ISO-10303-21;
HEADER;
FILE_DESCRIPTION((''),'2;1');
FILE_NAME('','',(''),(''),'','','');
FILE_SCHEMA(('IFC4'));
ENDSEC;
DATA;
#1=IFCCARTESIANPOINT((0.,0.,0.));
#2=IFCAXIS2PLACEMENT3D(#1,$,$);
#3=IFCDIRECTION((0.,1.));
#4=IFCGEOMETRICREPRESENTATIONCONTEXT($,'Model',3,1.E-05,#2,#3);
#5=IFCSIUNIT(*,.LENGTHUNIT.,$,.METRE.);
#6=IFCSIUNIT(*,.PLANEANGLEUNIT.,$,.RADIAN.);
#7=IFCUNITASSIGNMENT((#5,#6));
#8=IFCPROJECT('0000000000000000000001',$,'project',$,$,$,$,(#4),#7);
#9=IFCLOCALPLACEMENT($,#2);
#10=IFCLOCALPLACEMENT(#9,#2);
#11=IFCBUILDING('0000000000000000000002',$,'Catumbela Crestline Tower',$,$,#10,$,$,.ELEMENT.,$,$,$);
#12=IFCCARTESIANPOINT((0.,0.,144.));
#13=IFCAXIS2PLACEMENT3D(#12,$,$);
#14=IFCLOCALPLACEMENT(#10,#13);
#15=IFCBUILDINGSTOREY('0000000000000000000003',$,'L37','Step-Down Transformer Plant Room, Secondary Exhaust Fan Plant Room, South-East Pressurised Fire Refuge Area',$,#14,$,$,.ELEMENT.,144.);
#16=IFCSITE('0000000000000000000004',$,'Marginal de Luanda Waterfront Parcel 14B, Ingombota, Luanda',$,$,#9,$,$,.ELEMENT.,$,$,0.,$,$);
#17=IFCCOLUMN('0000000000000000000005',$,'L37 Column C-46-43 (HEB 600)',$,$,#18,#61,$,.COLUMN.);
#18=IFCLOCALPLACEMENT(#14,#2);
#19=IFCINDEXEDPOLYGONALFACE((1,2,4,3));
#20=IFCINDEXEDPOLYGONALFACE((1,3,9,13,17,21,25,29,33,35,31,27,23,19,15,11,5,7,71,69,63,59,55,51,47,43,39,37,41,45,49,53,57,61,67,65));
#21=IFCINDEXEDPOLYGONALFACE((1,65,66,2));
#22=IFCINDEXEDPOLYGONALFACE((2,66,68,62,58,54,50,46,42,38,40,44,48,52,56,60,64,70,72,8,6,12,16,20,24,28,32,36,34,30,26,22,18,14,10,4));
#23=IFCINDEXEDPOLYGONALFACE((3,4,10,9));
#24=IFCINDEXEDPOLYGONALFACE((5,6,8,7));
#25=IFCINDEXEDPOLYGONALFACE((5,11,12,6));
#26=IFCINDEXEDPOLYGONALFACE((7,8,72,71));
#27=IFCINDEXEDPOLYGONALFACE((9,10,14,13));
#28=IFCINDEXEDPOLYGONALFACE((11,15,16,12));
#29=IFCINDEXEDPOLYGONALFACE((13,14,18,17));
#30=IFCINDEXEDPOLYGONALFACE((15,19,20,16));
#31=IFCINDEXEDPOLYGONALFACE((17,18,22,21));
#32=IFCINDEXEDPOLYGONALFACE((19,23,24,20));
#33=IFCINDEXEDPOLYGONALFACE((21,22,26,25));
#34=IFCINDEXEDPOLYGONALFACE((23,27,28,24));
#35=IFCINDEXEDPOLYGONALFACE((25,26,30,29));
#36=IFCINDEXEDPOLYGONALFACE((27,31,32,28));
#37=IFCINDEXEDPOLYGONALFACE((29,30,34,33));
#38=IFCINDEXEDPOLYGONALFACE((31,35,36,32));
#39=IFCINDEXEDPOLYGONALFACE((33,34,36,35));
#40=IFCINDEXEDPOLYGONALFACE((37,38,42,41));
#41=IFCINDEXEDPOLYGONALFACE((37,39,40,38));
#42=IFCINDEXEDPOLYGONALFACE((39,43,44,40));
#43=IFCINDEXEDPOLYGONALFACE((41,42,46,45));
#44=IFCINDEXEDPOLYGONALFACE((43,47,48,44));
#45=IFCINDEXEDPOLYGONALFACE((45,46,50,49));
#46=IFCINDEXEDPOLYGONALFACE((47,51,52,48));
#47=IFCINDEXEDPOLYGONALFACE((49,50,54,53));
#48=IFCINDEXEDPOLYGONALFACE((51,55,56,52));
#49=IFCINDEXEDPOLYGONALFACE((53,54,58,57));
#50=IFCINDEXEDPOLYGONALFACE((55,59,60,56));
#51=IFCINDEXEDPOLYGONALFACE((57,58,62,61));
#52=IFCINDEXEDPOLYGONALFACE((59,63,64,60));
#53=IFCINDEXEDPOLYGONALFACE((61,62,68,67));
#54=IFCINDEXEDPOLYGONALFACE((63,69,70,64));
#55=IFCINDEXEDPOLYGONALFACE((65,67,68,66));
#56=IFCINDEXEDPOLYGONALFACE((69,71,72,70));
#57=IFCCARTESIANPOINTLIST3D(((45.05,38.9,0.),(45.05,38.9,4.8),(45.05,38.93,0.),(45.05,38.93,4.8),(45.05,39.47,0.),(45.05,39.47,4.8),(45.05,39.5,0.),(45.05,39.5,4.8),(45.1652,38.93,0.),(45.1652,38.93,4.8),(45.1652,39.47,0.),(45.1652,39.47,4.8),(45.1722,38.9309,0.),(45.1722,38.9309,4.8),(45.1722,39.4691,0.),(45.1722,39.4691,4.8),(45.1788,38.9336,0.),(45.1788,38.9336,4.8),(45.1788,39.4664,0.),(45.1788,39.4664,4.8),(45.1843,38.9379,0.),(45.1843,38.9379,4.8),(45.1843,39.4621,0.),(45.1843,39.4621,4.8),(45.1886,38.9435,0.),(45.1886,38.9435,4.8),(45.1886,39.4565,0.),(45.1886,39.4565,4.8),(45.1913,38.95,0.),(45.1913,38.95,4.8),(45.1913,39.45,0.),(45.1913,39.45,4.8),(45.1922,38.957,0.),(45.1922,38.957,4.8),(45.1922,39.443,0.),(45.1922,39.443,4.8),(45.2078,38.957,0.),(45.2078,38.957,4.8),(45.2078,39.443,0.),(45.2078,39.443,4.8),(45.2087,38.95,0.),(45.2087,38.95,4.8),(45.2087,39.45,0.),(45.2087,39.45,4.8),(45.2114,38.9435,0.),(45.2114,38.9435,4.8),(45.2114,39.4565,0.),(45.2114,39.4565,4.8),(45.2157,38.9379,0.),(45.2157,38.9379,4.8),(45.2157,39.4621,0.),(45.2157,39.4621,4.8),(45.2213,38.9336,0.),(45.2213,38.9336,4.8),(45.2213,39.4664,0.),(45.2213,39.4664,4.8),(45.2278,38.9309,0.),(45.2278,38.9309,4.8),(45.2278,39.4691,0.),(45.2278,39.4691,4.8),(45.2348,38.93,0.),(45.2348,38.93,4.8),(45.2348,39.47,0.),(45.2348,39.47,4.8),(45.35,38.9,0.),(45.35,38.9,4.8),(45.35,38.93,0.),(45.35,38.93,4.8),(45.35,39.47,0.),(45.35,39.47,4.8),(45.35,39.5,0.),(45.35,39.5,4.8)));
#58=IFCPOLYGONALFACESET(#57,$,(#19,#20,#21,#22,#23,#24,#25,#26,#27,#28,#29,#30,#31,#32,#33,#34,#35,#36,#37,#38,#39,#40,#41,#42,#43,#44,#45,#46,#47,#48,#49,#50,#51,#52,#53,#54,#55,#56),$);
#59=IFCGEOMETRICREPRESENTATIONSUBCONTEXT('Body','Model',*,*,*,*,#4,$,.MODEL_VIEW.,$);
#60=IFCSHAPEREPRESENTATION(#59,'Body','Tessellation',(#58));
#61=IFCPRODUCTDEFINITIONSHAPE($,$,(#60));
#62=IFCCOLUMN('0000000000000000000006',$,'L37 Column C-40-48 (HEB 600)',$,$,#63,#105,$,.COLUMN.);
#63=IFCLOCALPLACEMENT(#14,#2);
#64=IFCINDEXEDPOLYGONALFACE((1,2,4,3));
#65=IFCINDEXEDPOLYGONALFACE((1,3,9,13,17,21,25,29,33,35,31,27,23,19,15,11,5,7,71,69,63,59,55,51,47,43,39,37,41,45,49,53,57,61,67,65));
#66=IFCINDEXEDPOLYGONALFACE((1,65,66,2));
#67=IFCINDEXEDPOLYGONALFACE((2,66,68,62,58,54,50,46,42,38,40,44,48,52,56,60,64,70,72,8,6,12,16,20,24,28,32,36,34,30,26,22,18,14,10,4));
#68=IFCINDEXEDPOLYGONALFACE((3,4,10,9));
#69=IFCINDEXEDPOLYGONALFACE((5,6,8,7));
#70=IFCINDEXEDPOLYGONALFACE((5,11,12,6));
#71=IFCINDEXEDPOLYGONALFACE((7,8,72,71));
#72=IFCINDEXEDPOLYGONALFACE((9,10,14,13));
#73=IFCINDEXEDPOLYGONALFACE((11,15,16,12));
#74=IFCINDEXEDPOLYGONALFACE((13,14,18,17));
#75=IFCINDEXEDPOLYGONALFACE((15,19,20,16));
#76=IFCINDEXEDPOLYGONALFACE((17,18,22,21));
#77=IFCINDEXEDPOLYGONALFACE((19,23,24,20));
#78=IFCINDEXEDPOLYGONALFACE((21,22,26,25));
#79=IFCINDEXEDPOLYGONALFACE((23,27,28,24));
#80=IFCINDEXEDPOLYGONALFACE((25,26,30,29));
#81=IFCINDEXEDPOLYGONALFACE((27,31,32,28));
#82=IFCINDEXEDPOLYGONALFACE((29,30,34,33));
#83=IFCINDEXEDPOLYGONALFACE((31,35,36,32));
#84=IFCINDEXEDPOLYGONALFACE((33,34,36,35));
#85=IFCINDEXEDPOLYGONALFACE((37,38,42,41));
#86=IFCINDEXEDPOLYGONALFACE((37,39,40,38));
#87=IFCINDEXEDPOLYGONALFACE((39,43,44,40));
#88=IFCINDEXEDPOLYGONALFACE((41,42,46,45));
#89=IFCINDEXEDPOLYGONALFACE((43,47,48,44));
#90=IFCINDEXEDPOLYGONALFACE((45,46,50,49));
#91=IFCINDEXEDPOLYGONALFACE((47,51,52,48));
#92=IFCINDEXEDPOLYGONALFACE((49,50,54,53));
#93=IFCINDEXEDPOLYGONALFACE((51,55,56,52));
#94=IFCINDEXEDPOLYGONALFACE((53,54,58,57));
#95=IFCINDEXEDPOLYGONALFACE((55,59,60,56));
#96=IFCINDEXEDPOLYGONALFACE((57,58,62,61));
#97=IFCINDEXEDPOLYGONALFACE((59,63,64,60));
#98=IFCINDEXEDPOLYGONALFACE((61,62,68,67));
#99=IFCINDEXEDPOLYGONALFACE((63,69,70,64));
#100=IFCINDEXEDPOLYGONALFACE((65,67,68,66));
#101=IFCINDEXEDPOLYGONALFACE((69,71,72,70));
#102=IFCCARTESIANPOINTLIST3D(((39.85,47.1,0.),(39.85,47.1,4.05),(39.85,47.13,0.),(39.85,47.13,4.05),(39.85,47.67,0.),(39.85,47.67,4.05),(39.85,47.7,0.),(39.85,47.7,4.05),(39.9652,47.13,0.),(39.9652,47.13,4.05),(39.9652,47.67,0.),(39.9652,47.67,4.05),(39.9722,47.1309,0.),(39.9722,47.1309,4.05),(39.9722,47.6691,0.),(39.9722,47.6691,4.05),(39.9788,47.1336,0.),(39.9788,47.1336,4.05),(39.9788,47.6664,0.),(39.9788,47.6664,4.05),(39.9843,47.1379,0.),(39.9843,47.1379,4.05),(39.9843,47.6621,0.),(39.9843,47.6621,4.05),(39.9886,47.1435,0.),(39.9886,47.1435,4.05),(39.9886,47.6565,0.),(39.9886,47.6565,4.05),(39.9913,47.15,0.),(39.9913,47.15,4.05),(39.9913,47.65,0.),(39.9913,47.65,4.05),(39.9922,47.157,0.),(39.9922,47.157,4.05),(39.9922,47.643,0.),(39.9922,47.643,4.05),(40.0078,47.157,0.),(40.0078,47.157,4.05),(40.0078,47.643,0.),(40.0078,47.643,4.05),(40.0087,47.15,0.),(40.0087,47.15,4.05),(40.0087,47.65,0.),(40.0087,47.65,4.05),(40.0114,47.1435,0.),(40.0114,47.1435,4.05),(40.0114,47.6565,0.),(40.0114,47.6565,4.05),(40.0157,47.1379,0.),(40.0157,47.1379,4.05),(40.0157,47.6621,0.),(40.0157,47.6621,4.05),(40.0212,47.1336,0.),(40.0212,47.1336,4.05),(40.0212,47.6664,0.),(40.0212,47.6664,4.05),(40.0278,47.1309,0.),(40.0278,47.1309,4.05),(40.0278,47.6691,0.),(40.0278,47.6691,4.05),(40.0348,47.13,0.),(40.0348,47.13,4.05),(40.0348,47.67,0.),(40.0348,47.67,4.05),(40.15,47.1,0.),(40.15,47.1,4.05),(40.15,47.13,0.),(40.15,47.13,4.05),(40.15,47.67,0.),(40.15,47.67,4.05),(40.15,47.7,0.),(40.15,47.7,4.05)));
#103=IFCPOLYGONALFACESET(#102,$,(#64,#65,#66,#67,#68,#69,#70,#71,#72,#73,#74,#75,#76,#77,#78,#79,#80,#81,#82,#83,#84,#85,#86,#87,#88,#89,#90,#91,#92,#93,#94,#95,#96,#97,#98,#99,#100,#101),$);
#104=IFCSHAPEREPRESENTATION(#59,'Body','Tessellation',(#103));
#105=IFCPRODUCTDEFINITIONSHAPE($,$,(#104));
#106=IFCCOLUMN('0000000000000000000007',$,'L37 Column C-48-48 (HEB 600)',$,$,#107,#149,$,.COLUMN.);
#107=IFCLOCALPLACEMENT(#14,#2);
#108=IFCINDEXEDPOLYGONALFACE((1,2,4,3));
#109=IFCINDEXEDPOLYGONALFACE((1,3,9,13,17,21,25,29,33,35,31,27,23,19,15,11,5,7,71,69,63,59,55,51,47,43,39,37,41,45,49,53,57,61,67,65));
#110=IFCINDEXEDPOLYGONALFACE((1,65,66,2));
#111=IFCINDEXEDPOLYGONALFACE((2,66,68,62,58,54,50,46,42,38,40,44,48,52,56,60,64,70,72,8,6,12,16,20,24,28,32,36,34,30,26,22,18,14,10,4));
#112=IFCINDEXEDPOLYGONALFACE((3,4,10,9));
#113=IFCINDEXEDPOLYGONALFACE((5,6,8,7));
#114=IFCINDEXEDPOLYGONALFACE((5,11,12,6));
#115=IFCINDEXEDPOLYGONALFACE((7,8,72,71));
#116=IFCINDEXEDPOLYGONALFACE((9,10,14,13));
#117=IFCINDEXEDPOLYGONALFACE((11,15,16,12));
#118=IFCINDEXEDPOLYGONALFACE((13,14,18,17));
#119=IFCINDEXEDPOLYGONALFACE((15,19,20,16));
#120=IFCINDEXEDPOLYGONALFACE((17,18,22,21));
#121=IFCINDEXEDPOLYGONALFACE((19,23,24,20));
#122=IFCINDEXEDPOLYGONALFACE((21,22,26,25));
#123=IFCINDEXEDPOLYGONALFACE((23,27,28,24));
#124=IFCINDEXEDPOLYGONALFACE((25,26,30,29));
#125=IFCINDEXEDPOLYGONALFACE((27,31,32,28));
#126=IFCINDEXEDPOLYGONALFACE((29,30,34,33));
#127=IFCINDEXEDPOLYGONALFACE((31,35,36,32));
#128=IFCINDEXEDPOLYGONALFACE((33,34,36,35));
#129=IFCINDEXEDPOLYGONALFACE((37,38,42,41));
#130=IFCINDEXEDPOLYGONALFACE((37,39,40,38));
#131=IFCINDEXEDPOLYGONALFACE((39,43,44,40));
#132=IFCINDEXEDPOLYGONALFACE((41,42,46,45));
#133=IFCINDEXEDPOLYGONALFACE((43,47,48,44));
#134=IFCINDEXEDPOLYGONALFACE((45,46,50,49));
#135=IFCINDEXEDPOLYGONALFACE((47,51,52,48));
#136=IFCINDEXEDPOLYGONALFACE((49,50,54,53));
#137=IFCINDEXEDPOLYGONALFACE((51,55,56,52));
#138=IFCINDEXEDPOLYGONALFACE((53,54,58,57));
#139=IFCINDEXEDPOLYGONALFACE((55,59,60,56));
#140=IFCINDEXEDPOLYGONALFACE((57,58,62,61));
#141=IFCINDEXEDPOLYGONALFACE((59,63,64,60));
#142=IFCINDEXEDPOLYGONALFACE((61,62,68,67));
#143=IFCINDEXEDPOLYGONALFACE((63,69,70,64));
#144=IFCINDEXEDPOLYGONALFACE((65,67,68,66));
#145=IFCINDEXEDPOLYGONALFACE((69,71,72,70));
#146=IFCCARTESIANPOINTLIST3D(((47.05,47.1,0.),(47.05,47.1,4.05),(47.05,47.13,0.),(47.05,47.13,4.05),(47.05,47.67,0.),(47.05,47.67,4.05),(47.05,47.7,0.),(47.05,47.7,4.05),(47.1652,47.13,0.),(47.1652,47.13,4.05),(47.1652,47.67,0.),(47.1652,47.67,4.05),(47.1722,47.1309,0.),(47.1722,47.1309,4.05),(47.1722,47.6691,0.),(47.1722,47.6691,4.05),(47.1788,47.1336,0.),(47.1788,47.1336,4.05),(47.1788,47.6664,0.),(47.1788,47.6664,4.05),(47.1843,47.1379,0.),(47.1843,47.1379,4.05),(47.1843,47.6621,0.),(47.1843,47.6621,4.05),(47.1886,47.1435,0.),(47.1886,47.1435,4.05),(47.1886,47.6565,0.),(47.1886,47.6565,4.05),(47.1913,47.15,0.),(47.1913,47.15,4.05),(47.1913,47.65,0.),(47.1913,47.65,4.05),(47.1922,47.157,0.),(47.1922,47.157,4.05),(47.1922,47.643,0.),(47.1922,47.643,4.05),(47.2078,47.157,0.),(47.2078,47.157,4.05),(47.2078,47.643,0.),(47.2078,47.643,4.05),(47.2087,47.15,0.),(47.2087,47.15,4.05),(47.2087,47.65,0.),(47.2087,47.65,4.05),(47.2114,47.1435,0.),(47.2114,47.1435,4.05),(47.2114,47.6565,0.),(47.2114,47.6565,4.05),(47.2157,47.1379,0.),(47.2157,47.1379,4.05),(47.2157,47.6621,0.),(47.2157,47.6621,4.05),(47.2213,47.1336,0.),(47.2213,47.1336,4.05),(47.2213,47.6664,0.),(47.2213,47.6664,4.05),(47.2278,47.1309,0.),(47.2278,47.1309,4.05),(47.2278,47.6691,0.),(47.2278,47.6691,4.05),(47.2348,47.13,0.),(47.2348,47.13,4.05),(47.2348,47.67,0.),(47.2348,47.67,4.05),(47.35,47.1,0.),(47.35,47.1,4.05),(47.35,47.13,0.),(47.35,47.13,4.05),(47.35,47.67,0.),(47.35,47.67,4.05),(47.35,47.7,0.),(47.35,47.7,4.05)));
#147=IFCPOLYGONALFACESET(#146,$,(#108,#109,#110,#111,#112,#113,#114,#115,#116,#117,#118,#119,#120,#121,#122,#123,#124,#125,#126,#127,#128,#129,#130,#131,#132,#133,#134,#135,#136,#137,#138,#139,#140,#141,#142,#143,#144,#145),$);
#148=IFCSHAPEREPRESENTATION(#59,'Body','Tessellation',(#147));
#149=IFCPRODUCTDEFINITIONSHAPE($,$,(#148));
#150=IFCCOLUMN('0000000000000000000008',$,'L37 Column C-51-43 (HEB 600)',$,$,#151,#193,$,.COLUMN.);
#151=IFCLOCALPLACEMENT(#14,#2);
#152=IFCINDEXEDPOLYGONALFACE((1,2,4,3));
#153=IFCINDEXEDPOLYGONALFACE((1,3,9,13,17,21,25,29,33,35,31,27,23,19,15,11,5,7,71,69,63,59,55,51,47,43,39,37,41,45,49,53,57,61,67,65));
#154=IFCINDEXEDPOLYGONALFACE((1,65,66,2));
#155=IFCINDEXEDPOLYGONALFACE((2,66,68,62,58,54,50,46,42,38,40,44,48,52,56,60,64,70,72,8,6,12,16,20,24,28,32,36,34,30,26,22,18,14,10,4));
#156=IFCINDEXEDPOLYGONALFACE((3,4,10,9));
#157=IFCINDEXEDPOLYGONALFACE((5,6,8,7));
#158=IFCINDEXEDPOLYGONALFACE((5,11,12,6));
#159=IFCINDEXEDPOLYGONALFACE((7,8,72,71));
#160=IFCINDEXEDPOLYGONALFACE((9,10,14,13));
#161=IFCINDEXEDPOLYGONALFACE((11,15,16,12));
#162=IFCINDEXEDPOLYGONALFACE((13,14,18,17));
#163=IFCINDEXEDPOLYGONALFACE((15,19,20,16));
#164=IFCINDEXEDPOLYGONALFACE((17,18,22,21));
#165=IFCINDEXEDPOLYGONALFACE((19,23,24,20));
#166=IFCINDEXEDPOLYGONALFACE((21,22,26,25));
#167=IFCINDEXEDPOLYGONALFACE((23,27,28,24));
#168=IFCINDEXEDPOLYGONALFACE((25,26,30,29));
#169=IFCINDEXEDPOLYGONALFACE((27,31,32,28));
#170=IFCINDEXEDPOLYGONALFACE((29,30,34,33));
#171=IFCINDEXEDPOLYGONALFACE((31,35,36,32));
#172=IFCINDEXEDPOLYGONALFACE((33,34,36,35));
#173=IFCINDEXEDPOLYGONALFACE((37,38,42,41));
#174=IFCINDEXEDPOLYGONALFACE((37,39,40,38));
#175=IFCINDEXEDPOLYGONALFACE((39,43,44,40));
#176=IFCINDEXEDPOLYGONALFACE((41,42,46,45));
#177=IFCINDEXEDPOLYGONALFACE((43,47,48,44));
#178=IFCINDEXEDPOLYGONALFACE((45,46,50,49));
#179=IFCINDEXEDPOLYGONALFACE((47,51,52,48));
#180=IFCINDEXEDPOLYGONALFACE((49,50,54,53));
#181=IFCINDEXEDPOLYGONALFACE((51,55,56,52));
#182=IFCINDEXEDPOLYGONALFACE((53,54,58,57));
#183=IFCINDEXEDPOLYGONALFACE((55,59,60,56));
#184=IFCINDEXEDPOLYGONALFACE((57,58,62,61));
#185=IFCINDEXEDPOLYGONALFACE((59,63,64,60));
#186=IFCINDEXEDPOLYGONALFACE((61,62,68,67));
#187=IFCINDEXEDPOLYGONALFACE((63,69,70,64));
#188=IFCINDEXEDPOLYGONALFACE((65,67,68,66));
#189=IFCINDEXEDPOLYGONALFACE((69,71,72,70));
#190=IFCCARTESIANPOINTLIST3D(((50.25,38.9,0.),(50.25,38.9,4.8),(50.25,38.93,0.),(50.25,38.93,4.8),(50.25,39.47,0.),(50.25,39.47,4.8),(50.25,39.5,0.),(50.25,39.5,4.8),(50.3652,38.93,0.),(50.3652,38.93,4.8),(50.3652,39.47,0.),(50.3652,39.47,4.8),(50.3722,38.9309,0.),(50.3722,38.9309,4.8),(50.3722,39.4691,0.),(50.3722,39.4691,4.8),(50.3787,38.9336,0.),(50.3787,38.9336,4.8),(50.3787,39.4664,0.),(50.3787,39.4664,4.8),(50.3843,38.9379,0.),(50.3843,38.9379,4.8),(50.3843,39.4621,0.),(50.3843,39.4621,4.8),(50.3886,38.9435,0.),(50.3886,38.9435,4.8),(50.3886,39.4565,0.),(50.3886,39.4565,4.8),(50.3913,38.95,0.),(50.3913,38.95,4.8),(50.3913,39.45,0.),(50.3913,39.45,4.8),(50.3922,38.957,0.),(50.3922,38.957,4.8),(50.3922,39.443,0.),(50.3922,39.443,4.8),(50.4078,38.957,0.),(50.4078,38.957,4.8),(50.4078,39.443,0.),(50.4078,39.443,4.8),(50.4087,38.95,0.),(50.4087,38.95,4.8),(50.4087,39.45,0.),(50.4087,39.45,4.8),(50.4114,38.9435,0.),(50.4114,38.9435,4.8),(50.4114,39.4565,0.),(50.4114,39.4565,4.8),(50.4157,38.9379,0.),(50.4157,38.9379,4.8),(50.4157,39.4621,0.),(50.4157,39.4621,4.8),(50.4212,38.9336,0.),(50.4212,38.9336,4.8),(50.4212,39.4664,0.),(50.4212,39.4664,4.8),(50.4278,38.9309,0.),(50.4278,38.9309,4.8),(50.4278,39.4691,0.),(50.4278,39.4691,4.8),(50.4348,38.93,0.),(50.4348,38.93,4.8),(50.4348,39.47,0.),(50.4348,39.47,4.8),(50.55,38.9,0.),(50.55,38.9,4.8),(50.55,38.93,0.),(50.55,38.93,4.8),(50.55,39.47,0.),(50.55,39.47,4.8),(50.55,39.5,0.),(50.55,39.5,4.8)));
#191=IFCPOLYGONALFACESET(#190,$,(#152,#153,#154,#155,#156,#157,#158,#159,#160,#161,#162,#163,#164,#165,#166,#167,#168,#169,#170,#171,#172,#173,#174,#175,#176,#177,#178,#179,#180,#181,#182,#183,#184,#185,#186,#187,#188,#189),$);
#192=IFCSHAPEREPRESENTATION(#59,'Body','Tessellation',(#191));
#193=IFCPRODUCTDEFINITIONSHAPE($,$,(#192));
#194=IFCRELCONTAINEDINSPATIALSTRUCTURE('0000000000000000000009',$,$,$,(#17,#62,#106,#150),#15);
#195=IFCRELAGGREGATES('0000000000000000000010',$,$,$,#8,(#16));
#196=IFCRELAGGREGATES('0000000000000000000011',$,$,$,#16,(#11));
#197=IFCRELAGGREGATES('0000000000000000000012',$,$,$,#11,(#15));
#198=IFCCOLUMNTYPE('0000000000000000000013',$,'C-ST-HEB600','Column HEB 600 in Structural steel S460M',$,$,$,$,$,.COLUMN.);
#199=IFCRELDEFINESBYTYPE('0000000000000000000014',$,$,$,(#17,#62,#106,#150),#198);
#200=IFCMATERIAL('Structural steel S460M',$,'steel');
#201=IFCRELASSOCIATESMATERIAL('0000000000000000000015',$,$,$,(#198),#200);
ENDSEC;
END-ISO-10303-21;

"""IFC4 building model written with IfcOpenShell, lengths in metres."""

from ifc_helpers import new_model, si_unit, direction, frame, origin, origin_2d, place, context, subcontext, project, spatial, i_section, extrude, material, material_profile, profile_set, type_object, element, save


model = new_model("IFC4")

# Units and contexts
model_context = context("Model", 3, precision=1e-05, world=origin(), true_north=direction((0.0, 1.0)))
body_context = subcontext(model_context, "Body", "Model", "MODEL_VIEW")
ifc_project = project(units=[si_unit("LENGTHUNIT", "METRE"), si_unit("PLANEANGLEUNIT", "RADIAN")], contexts=[model_context])

# Site, building, storey
site_placement = place(None, origin())
site = spatial("IfcSite", under=ifc_project, at=site_placement, Name="Marginal de Luanda Waterfront Parcel 14B, Ingombota, Luanda", CompositionType="ELEMENT", RefElevation=0.0)
building_placement = place(site_placement, origin())
building = spatial("IfcBuilding", under=site, at=building_placement, Name="Catumbela Crestline Tower", CompositionType="ELEMENT")
storey_placement = place(building_placement, frame((0.0, 0.0, 144.0)))
storey = spatial("IfcBuildingStorey", under=building, at=storey_placement, Name="L37", Description="Step-Down Transformer Plant Room, Secondary Exhaust Fan Plant Room, South-East Pressurised Fire Refuge Area", CompositionType="ELEMENT", Elevation=144.0)

# Columns
ifc_material_1 = material(Name="Structural steel S460M", Category="steel")
ifc_material_profile_1 = material_profile(ifc_material_1, i_section(OverallWidth=0.3, OverallDepth=0.6, WebThickness=0.0155, FlangeThickness=0.03, FilletRadius=0.027, at=origin_2d()), Name="HEB 600")
ifc_profile_set_1 = profile_set([ifc_material_profile_1], Name="Structural steel S460M")
column_type_1 = type_object("IfcColumnType", Name="C-ST-HEB600", Description="Column HEB 600 in Structural steel S460M", PredefinedType="COLUMN", material=ifc_profile_set_1)
column_1_placement = place(storey_placement, frame((45.2, 39.2, 0.0), z_axis=(0.0, 0.0, 1.0), x_axis=(1.0, 0.0, 0.0)))
element("IfcColumn", 1, at=column_1_placement, inside=storey, type_object=column_type_1, Name="L37 Column C-46-43 (HEB 600)", PredefinedType="COLUMN", context=body_context, shape_type="SweptSolid", body=[
    extrude(i_section(OverallWidth=0.3, OverallDepth=0.6, WebThickness=0.0155, FlangeThickness=0.03, FilletRadius=0.027, at=origin_2d()), origin(), (0.0, 0.0, 1.0), 4.8),
])
for number, where, z_axis, x_axis, name in (
    (2, (40.0, 47.4, 0.0), (0.0, 0.0, 1.0), (1.0, 0.0, 0.0), "L37 Column C-40-48 (HEB 600)"),
    (3, (47.2, 47.4, 0.0), (0.0, 0.0, 1.0), (1.0, 0.0, 0.0), "L37 Column C-48-48 (HEB 600)"),
):
    element("IfcColumn", number, at=place(storey_placement, frame(where, z_axis=z_axis, x_axis=x_axis)), inside=storey, type_object=column_type_1, Name=name, PredefinedType="COLUMN", context=body_context, shape_type="SweptSolid", body=[
        extrude(i_section(OverallWidth=0.3, OverallDepth=0.6, WebThickness=0.0155, FlangeThickness=0.03, FilletRadius=0.027, at=origin_2d()), origin(), (0.0, 0.0, 1.0), 4.05),
    ])
column_2_placement = place(storey_placement, frame((50.4, 39.2, 0.0), z_axis=(0.0, 0.0, 1.0), x_axis=(1.0, 0.0, 0.0)))
element("IfcColumn", 4, at=column_2_placement, inside=storey, type_object=column_type_1, Name="L37 Column C-51-43 (HEB 600)", PredefinedType="COLUMN", context=body_context, shape_type="SweptSolid", body=[
    extrude(i_section(OverallWidth=0.3, OverallDepth=0.6, WebThickness=0.0155, FlangeThickness=0.03, FilletRadius=0.027, at=origin_2d()), origin(), (0.0, 0.0, 1.0), 4.8),
])

save(model, "model.ifc")
